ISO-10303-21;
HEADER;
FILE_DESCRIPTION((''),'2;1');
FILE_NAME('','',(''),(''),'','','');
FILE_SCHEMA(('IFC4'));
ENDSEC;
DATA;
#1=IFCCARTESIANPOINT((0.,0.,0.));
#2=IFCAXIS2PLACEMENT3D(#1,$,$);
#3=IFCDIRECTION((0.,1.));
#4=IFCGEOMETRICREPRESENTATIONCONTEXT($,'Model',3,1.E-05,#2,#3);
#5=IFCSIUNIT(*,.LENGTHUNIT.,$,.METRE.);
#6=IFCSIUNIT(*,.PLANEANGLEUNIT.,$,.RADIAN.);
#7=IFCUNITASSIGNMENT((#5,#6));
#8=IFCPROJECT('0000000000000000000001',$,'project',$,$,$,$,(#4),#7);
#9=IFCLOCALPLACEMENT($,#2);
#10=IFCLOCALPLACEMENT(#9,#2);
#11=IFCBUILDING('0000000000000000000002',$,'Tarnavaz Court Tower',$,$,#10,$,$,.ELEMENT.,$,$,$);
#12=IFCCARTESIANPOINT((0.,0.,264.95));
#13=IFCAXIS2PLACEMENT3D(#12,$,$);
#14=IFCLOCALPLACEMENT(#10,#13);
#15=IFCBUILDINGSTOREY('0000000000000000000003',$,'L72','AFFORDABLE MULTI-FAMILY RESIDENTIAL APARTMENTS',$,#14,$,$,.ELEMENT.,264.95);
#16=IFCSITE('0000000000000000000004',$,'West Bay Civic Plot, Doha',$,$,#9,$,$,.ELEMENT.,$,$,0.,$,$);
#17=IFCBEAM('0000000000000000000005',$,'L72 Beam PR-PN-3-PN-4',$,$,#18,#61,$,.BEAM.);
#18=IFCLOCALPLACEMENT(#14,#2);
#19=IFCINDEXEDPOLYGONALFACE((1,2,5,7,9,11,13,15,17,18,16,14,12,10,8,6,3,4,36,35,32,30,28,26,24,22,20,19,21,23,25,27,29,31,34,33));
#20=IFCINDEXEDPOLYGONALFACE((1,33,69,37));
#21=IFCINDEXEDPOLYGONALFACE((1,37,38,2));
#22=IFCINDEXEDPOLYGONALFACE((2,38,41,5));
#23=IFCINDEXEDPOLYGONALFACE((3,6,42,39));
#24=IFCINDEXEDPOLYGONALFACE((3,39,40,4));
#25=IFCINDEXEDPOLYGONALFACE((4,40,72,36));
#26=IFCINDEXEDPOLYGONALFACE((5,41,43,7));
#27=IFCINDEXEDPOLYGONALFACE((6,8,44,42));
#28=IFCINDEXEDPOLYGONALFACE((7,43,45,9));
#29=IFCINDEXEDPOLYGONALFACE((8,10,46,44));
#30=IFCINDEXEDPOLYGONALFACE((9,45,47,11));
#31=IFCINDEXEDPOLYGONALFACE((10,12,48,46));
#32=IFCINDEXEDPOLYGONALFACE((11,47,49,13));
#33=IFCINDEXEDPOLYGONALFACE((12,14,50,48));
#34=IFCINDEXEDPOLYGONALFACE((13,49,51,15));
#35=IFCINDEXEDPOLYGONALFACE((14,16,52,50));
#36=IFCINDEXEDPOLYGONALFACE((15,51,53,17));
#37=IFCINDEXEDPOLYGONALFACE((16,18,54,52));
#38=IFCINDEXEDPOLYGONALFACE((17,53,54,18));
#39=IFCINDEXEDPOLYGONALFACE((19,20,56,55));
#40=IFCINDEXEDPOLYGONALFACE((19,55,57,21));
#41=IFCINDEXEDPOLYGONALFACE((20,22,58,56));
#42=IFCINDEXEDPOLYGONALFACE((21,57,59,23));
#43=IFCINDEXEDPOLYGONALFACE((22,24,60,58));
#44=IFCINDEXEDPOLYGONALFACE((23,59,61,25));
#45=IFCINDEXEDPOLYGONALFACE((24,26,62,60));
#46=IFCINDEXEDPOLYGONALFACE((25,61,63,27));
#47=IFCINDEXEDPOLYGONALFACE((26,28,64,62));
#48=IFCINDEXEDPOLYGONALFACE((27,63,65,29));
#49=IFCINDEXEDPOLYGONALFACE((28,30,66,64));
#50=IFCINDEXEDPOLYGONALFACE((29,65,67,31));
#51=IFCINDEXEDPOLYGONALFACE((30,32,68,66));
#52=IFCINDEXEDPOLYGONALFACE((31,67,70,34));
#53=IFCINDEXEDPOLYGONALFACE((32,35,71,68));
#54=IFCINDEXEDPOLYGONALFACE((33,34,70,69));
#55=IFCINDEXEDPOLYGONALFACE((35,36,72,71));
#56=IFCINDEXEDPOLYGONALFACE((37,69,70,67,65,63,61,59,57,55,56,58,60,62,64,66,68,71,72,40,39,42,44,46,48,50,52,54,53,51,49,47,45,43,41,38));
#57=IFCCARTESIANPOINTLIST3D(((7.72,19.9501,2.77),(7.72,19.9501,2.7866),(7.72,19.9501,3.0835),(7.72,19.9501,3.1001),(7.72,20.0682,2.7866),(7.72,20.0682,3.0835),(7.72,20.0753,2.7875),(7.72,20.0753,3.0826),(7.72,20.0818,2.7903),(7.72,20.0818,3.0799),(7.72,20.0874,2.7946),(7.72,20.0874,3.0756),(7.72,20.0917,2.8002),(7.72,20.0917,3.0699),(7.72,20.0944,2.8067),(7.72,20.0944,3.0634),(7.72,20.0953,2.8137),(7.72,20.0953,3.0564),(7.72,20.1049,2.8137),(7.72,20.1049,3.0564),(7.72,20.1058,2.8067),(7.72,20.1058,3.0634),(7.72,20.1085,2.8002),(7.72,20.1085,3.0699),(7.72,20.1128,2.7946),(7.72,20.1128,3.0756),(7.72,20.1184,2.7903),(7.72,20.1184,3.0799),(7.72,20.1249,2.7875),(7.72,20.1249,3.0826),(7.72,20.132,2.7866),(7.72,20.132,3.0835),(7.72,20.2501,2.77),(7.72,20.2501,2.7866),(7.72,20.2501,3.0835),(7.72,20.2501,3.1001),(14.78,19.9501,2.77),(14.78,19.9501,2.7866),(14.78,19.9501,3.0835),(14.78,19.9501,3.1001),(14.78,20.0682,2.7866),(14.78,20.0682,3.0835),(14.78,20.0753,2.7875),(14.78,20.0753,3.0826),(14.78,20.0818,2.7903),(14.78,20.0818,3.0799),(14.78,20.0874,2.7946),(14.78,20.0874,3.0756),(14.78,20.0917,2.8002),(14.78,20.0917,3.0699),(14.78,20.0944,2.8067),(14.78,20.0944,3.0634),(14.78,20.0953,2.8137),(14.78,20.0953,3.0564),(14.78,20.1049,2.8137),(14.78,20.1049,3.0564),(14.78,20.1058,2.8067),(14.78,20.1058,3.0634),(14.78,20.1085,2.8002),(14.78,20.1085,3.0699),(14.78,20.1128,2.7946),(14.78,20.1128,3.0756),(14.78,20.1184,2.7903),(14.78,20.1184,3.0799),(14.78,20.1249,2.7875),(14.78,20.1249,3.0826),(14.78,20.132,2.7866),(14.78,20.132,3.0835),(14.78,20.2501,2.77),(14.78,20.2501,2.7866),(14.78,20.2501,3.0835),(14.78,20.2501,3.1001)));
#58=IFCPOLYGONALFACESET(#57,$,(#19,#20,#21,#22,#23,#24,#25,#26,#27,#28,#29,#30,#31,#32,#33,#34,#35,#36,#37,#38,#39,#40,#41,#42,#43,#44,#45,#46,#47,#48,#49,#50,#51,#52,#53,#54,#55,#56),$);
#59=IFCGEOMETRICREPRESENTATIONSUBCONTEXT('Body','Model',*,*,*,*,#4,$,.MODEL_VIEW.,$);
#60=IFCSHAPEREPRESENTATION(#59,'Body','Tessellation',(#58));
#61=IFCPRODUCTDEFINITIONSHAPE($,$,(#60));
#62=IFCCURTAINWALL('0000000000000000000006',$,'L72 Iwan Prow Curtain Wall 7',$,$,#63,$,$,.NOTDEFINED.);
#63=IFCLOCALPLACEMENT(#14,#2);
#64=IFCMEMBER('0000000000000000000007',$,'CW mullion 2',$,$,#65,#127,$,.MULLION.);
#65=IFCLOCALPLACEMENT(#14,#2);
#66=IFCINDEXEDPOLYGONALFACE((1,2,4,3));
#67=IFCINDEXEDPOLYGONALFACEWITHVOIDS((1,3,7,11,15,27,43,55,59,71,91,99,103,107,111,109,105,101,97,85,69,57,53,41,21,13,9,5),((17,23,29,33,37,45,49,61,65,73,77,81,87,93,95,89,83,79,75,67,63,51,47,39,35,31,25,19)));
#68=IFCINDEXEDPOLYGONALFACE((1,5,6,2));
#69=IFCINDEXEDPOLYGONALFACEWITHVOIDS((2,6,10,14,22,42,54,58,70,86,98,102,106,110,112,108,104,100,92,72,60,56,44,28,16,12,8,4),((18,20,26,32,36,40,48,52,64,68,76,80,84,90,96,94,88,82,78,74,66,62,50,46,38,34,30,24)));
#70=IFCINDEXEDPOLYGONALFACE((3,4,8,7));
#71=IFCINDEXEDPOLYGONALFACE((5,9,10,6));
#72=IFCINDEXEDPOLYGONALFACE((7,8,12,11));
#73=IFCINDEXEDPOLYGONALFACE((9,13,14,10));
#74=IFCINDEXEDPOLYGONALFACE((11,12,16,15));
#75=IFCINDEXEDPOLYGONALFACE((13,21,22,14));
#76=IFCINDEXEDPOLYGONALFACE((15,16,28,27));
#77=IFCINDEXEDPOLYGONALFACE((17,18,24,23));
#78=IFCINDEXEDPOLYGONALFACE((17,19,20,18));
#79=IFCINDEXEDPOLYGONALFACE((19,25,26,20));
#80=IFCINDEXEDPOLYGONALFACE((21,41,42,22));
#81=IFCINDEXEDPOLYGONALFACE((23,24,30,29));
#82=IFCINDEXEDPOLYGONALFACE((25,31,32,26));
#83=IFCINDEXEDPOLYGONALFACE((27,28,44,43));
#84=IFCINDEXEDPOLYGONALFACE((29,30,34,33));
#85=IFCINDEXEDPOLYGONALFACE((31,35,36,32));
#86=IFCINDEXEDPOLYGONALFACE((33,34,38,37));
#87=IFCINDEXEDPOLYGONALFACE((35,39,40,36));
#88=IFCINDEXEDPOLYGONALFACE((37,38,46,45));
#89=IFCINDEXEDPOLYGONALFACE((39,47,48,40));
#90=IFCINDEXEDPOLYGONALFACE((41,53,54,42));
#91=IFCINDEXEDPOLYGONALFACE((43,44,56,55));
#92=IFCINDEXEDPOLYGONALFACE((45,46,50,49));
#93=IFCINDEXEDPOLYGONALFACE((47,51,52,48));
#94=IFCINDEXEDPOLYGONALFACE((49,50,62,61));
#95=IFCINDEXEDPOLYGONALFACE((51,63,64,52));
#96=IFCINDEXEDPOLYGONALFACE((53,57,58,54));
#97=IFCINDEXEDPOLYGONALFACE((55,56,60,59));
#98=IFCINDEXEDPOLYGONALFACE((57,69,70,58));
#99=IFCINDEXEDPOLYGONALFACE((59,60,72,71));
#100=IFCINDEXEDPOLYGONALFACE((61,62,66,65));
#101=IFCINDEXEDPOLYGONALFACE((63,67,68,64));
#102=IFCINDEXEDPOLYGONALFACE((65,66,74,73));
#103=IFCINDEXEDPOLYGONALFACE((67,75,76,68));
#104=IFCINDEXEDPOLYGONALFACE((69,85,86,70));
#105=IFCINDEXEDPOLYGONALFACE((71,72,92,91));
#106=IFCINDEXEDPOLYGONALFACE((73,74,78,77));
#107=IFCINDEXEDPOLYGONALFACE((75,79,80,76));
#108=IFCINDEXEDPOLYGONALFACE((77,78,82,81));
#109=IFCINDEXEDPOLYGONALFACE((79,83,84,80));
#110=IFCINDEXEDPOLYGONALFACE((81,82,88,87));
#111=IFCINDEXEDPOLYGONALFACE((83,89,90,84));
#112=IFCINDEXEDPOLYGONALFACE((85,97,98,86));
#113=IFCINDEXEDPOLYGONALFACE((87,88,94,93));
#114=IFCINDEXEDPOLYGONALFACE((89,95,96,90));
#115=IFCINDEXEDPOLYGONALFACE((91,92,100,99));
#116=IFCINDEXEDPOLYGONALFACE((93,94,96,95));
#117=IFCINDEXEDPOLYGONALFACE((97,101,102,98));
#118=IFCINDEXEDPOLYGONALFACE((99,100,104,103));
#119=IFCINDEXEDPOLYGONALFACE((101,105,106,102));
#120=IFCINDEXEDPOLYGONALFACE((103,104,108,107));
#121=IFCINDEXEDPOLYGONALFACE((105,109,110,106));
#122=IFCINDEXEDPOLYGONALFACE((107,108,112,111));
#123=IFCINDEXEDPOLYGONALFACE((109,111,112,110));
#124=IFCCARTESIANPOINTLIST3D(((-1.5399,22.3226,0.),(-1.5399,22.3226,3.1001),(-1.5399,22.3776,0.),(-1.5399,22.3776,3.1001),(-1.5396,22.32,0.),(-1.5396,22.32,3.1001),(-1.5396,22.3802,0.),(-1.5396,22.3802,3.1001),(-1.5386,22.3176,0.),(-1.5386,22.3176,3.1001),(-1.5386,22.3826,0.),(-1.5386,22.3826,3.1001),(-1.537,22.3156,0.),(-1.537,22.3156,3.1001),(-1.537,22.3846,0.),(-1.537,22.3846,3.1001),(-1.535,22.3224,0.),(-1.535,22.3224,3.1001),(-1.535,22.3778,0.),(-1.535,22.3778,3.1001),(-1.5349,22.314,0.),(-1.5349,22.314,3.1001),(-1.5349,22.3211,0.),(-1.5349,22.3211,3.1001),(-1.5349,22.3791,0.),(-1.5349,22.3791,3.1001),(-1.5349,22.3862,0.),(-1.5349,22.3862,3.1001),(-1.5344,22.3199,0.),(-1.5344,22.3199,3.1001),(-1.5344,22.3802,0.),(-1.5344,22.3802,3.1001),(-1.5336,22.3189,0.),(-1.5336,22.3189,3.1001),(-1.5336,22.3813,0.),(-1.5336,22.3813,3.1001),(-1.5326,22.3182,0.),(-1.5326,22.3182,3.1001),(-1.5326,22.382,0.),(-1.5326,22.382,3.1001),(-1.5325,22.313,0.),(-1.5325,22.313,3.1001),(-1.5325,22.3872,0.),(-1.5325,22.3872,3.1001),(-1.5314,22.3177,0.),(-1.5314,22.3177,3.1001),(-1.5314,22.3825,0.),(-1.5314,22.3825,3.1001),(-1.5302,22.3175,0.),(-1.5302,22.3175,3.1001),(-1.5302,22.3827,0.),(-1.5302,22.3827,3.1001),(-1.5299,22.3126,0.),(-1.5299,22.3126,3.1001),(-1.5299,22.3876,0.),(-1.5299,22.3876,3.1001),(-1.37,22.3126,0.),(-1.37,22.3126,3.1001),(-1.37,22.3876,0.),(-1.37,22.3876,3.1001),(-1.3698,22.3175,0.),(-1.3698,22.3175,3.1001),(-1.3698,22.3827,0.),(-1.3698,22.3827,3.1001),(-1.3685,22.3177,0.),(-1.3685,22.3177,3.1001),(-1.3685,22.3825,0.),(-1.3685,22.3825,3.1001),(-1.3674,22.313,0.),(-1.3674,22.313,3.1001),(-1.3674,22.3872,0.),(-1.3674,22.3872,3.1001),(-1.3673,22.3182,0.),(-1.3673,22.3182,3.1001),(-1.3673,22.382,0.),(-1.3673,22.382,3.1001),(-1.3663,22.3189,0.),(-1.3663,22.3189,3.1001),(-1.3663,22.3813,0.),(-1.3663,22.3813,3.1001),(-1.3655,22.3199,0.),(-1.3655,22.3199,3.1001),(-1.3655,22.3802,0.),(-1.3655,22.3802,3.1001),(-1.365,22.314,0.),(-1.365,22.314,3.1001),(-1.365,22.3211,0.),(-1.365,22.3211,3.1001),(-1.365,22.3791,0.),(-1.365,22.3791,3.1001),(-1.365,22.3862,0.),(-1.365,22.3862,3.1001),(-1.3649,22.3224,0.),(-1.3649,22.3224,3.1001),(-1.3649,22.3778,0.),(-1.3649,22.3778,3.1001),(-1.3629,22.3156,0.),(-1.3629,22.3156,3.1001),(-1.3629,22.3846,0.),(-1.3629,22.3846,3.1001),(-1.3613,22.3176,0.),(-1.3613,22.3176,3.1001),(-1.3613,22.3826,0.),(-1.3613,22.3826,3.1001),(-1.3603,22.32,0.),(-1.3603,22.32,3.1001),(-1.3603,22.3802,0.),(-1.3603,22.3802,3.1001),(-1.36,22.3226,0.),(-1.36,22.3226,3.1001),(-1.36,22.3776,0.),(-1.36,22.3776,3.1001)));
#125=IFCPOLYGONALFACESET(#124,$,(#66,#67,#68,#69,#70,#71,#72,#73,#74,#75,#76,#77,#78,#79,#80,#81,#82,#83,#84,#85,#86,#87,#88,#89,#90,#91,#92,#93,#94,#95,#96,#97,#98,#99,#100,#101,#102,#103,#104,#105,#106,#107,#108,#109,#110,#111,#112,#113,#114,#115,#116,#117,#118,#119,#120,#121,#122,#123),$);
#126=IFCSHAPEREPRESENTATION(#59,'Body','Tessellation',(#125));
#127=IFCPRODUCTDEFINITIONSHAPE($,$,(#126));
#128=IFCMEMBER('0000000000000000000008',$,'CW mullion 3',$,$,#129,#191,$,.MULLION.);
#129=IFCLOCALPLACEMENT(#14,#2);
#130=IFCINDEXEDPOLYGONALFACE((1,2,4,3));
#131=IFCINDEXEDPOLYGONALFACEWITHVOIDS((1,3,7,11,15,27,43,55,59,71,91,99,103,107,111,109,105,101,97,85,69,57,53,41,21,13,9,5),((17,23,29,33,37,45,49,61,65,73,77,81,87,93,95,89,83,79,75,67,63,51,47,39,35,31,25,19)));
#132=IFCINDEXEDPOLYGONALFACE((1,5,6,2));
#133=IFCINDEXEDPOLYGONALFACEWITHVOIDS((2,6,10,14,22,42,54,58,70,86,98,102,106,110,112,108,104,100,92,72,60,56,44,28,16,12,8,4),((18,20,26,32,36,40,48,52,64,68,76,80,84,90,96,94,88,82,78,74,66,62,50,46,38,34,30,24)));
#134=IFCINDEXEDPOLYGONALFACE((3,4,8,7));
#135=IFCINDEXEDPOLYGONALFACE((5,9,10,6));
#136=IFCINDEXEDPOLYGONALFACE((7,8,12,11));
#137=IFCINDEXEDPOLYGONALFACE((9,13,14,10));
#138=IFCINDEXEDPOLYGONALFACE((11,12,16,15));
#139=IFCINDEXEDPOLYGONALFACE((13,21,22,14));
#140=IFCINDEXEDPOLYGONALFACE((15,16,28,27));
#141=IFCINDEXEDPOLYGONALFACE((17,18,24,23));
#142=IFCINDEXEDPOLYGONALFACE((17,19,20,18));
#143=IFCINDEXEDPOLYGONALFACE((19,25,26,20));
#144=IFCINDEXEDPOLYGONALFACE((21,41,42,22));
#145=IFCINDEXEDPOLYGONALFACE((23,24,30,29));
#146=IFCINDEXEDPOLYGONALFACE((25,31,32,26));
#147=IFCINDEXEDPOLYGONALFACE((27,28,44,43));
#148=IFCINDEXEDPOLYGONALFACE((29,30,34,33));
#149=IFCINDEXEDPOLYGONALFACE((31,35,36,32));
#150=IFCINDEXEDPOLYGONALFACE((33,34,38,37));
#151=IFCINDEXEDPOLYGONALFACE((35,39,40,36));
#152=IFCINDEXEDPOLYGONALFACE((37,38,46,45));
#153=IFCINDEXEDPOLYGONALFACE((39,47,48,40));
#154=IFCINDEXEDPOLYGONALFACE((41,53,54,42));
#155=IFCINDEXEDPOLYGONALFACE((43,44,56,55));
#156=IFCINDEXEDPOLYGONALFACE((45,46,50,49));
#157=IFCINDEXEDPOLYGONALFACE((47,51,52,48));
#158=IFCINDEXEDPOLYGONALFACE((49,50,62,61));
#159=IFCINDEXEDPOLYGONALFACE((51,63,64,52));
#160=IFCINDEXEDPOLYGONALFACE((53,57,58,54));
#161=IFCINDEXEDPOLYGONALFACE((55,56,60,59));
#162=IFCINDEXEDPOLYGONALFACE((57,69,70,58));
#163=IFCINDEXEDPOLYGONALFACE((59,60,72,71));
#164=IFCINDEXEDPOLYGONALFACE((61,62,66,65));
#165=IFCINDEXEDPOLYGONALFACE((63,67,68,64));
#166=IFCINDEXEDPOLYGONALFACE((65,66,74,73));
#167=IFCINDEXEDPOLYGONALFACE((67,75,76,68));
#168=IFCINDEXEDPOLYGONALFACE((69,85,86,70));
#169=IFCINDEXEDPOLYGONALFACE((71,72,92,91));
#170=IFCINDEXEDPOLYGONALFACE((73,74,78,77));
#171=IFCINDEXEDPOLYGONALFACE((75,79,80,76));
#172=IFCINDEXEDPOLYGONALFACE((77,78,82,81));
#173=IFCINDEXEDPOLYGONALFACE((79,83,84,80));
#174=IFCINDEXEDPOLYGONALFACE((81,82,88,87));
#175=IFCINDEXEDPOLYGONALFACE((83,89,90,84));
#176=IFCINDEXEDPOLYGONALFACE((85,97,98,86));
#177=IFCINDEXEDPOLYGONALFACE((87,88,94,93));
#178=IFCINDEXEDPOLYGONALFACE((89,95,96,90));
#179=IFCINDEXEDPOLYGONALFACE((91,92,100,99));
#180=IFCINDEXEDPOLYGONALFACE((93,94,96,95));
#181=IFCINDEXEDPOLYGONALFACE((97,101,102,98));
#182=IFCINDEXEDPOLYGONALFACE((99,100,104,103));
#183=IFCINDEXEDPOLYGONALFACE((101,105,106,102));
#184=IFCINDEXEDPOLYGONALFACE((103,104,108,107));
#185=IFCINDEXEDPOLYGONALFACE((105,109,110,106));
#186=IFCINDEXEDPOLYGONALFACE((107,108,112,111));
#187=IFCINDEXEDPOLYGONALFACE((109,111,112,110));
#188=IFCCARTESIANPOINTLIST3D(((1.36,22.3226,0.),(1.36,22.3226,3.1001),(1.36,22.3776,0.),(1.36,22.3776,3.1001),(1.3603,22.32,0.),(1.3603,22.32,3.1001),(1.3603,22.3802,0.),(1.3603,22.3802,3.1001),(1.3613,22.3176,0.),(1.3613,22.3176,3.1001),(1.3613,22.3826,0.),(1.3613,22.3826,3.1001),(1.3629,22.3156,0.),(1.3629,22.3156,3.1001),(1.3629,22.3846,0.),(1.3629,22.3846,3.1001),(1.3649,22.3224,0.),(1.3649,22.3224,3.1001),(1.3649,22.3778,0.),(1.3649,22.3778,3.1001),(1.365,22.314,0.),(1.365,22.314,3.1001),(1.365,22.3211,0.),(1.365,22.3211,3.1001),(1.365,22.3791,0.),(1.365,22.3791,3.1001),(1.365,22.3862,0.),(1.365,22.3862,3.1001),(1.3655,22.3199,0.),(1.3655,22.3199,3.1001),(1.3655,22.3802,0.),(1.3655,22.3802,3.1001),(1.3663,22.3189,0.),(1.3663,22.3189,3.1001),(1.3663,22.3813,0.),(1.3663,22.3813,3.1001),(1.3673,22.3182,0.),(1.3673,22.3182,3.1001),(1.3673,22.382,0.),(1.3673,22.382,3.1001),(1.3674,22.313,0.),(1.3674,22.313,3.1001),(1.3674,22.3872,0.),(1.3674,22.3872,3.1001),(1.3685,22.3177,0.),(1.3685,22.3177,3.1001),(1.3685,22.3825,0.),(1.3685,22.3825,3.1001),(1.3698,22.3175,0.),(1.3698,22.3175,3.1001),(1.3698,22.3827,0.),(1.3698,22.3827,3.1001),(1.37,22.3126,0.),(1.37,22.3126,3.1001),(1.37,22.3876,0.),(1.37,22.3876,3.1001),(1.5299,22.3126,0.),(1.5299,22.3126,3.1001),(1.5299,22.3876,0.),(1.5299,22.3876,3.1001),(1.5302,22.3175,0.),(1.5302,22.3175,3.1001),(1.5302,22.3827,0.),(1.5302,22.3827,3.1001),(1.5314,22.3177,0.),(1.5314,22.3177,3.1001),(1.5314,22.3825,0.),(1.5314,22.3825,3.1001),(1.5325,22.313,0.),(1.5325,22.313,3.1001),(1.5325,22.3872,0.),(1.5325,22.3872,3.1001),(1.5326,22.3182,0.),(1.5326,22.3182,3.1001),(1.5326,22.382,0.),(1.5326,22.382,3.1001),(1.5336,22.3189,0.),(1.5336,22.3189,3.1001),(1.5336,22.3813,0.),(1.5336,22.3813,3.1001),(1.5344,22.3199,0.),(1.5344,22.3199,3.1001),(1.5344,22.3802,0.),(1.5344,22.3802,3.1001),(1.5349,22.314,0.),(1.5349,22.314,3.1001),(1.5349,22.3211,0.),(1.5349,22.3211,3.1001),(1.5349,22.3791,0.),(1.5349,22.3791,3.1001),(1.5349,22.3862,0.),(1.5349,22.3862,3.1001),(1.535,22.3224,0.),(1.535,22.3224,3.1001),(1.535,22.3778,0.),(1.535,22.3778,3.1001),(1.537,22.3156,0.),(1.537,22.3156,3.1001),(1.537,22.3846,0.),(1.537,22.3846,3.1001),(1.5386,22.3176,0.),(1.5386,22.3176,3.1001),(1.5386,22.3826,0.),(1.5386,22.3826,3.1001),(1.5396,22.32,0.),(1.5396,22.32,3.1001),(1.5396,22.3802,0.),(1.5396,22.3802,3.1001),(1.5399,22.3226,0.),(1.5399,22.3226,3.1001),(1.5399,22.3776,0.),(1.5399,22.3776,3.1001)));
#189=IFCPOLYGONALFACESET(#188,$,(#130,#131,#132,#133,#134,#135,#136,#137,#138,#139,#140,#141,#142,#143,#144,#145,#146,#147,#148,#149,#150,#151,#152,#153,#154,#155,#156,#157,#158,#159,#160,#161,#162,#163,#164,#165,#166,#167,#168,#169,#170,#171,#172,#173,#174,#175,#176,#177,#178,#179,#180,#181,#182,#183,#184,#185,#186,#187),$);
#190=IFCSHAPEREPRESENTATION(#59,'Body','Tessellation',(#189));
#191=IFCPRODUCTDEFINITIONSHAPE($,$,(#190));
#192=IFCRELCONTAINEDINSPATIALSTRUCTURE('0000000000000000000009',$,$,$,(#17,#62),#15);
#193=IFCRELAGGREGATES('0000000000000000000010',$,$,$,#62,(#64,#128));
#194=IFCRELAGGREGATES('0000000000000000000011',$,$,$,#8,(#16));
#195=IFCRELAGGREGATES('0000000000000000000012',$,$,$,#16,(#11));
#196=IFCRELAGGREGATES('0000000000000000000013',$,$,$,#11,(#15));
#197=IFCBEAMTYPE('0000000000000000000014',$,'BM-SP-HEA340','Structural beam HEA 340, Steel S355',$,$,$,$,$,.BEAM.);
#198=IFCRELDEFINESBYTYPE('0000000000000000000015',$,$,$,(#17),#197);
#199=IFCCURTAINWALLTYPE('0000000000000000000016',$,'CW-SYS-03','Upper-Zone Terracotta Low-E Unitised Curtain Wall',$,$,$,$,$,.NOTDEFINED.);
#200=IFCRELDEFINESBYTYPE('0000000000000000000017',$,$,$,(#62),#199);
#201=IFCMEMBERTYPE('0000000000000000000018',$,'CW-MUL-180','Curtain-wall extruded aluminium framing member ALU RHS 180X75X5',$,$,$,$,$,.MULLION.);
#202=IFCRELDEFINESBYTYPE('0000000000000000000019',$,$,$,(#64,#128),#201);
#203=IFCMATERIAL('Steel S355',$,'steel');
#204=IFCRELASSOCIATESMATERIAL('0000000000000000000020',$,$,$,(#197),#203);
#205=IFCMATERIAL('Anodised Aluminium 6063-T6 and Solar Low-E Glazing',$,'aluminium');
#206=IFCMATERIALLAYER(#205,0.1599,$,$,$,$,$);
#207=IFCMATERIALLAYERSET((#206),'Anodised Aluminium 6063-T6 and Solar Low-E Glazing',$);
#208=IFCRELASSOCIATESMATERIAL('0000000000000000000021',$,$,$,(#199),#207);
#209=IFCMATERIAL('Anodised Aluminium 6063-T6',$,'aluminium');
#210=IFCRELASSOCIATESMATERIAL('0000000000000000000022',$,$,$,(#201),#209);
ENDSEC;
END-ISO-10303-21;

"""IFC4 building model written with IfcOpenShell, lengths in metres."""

from ifc_helpers import new_model, si_unit, direction, frame, origin, origin_2d, place, context, subcontext, project, spatial, hollow_rectangle, i_section, extrude, material, layer, layer_set, material_profile, profile_set, type_object, element, aggregate, save


model = new_model("IFC4")

# Units and contexts
model_context = context("Model", 3, precision=1e-05, world=origin(), true_north=direction((0.0, 1.0)))
body_context = subcontext(model_context, "Body", "Model", "MODEL_VIEW")
ifc_project = project(units=[si_unit("LENGTHUNIT", "METRE"), si_unit("PLANEANGLEUNIT", "RADIAN")], contexts=[model_context])

# Site, building, storey
site_placement = place(None, origin())
site = spatial("IfcSite", under=ifc_project, at=site_placement, Name="West Bay Civic Plot, Doha", CompositionType="ELEMENT", RefElevation=0.0)
building_placement = place(site_placement, origin())
building = spatial("IfcBuilding", under=site, at=building_placement, Name="Tarnavaz Court Tower", CompositionType="ELEMENT")
storey_placement = place(building_placement, frame((0.0, 0.0, 264.95)))
storey = spatial("IfcBuildingStorey", under=building, at=storey_placement, Name="L72", Description="AFFORDABLE MULTI-FAMILY RESIDENTIAL APARTMENTS", CompositionType="ELEMENT", Elevation=264.95)

# Beam
ifc_material_1 = material(Name="Steel S355", Category="steel")
ifc_material_profile_1 = material_profile(ifc_material_1, i_section(OverallWidth=0.3, OverallDepth=0.3301, WebThickness=0.0095, FlangeThickness=0.0166, FilletRadius=0.0271, at=origin_2d()), Name="HEA 340")
ifc_profile_set_1 = profile_set([ifc_material_profile_1], Name="Steel S355")
beam_type_1 = type_object("IfcBeamType", Name="BM-SP-HEA340", Description="Structural beam HEA 340, Steel S355", PredefinedType="BEAM", material=ifc_profile_set_1)
beam_placement = place(storey_placement, frame((7.72, 20.1001, 2.9351), z_axis=(1.0, 0.0, 0.0), x_axis=(0.0, 1.0, 0.0)))
element("IfcBeam", 1, at=beam_placement, inside=storey, type_object=beam_type_1, Name="L72 Beam PR-PN-3-PN-4", PredefinedType="BEAM", context=body_context, shape_type="SweptSolid", body=[
    extrude(i_section(OverallWidth=0.3, OverallDepth=0.3301, WebThickness=0.0095, FlangeThickness=0.0166, FilletRadius=0.0271, at=origin_2d()), origin(), (0.0, 0.0, 1.0), 7.0601),
])

# Curtain wall, members
ifc_material_2 = material(Name="Anodised Aluminium 6063-T6 and Solar Low-E Glazing", Category="aluminium")
ifc_layer_1 = layer(ifc_material_2, 0.1599)
ifc_layer_set_1 = layer_set([ifc_layer_1], Name="Anodised Aluminium 6063-T6 and Solar Low-E Glazing")
curtain_wall_type = type_object("IfcCurtainWallType", Name="CW-SYS-03", Description="Upper-Zone Terracotta Low-E Unitised Curtain Wall", PredefinedType="NOTDEFINED", material=ifc_layer_set_1)
curtain_wall_placement = place(storey_placement, origin())
curtain_wall = element("IfcCurtainWall", 2, at=curtain_wall_placement, inside=storey, type_object=curtain_wall_type, Name="L72 Iwan Prow Curtain Wall 7", PredefinedType="NOTDEFINED")
ifc_material_3 = material(Name="Anodised Aluminium 6063-T6", Category="aluminium")
ifc_material_profile_2 = material_profile(ifc_material_3, hollow_rectangle(XDim=0.075, YDim=0.1799, WallThickness=0.0049, InnerFilletRadius=0.0049, OuterFilletRadius=0.01, at=origin_2d()), Name="ALU RHS 180X75X5")
ifc_profile_set_2 = profile_set([ifc_material_profile_2], Name="Anodised Aluminium 6063-T6")
member_type_1 = type_object("IfcMemberType", Name="CW-MUL-180", Description="Curtain-wall extruded aluminium framing member ALU RHS 180X75X5", PredefinedType="MULLION", material=ifc_profile_set_2)
member_1_placement = place(storey_placement, frame((-1.45, 22.3501, 0.0), z_axis=(0.0, 0.0, 1.0), x_axis=(0.0, 1.0, 0.0)))
member_1 = element("IfcMember", 3, at=member_1_placement, type_object=member_type_1, Name="CW mullion 2", PredefinedType="MULLION", context=body_context, shape_type="SweptSolid", body=[
    extrude(hollow_rectangle(XDim=0.075, YDim=0.1799, WallThickness=0.0049, InnerFilletRadius=0.0049, OuterFilletRadius=0.01, at=origin_2d()), origin(), (0.0, 0.0, 1.0), 3.1001),
])
member_2_placement = place(storey_placement, frame((1.45, 22.3501, 0.0), z_axis=(0.0, 0.0, 1.0), x_axis=(0.0, 1.0, 0.0)))
member_2 = element("IfcMember", 4, at=member_2_placement, type_object=member_type_1, Name="CW mullion 3", PredefinedType="MULLION", context=body_context, shape_type="SweptSolid", body=[
    extrude(hollow_rectangle(XDim=0.075, YDim=0.1799, WallThickness=0.0049, InnerFilletRadius=0.0049, OuterFilletRadius=0.01, at=origin_2d()), origin(), (0.0, 0.0, 1.0), 3.1001),
])
aggregate(curtain_wall, [member_1, member_2])

save(model, "model.ifc")
